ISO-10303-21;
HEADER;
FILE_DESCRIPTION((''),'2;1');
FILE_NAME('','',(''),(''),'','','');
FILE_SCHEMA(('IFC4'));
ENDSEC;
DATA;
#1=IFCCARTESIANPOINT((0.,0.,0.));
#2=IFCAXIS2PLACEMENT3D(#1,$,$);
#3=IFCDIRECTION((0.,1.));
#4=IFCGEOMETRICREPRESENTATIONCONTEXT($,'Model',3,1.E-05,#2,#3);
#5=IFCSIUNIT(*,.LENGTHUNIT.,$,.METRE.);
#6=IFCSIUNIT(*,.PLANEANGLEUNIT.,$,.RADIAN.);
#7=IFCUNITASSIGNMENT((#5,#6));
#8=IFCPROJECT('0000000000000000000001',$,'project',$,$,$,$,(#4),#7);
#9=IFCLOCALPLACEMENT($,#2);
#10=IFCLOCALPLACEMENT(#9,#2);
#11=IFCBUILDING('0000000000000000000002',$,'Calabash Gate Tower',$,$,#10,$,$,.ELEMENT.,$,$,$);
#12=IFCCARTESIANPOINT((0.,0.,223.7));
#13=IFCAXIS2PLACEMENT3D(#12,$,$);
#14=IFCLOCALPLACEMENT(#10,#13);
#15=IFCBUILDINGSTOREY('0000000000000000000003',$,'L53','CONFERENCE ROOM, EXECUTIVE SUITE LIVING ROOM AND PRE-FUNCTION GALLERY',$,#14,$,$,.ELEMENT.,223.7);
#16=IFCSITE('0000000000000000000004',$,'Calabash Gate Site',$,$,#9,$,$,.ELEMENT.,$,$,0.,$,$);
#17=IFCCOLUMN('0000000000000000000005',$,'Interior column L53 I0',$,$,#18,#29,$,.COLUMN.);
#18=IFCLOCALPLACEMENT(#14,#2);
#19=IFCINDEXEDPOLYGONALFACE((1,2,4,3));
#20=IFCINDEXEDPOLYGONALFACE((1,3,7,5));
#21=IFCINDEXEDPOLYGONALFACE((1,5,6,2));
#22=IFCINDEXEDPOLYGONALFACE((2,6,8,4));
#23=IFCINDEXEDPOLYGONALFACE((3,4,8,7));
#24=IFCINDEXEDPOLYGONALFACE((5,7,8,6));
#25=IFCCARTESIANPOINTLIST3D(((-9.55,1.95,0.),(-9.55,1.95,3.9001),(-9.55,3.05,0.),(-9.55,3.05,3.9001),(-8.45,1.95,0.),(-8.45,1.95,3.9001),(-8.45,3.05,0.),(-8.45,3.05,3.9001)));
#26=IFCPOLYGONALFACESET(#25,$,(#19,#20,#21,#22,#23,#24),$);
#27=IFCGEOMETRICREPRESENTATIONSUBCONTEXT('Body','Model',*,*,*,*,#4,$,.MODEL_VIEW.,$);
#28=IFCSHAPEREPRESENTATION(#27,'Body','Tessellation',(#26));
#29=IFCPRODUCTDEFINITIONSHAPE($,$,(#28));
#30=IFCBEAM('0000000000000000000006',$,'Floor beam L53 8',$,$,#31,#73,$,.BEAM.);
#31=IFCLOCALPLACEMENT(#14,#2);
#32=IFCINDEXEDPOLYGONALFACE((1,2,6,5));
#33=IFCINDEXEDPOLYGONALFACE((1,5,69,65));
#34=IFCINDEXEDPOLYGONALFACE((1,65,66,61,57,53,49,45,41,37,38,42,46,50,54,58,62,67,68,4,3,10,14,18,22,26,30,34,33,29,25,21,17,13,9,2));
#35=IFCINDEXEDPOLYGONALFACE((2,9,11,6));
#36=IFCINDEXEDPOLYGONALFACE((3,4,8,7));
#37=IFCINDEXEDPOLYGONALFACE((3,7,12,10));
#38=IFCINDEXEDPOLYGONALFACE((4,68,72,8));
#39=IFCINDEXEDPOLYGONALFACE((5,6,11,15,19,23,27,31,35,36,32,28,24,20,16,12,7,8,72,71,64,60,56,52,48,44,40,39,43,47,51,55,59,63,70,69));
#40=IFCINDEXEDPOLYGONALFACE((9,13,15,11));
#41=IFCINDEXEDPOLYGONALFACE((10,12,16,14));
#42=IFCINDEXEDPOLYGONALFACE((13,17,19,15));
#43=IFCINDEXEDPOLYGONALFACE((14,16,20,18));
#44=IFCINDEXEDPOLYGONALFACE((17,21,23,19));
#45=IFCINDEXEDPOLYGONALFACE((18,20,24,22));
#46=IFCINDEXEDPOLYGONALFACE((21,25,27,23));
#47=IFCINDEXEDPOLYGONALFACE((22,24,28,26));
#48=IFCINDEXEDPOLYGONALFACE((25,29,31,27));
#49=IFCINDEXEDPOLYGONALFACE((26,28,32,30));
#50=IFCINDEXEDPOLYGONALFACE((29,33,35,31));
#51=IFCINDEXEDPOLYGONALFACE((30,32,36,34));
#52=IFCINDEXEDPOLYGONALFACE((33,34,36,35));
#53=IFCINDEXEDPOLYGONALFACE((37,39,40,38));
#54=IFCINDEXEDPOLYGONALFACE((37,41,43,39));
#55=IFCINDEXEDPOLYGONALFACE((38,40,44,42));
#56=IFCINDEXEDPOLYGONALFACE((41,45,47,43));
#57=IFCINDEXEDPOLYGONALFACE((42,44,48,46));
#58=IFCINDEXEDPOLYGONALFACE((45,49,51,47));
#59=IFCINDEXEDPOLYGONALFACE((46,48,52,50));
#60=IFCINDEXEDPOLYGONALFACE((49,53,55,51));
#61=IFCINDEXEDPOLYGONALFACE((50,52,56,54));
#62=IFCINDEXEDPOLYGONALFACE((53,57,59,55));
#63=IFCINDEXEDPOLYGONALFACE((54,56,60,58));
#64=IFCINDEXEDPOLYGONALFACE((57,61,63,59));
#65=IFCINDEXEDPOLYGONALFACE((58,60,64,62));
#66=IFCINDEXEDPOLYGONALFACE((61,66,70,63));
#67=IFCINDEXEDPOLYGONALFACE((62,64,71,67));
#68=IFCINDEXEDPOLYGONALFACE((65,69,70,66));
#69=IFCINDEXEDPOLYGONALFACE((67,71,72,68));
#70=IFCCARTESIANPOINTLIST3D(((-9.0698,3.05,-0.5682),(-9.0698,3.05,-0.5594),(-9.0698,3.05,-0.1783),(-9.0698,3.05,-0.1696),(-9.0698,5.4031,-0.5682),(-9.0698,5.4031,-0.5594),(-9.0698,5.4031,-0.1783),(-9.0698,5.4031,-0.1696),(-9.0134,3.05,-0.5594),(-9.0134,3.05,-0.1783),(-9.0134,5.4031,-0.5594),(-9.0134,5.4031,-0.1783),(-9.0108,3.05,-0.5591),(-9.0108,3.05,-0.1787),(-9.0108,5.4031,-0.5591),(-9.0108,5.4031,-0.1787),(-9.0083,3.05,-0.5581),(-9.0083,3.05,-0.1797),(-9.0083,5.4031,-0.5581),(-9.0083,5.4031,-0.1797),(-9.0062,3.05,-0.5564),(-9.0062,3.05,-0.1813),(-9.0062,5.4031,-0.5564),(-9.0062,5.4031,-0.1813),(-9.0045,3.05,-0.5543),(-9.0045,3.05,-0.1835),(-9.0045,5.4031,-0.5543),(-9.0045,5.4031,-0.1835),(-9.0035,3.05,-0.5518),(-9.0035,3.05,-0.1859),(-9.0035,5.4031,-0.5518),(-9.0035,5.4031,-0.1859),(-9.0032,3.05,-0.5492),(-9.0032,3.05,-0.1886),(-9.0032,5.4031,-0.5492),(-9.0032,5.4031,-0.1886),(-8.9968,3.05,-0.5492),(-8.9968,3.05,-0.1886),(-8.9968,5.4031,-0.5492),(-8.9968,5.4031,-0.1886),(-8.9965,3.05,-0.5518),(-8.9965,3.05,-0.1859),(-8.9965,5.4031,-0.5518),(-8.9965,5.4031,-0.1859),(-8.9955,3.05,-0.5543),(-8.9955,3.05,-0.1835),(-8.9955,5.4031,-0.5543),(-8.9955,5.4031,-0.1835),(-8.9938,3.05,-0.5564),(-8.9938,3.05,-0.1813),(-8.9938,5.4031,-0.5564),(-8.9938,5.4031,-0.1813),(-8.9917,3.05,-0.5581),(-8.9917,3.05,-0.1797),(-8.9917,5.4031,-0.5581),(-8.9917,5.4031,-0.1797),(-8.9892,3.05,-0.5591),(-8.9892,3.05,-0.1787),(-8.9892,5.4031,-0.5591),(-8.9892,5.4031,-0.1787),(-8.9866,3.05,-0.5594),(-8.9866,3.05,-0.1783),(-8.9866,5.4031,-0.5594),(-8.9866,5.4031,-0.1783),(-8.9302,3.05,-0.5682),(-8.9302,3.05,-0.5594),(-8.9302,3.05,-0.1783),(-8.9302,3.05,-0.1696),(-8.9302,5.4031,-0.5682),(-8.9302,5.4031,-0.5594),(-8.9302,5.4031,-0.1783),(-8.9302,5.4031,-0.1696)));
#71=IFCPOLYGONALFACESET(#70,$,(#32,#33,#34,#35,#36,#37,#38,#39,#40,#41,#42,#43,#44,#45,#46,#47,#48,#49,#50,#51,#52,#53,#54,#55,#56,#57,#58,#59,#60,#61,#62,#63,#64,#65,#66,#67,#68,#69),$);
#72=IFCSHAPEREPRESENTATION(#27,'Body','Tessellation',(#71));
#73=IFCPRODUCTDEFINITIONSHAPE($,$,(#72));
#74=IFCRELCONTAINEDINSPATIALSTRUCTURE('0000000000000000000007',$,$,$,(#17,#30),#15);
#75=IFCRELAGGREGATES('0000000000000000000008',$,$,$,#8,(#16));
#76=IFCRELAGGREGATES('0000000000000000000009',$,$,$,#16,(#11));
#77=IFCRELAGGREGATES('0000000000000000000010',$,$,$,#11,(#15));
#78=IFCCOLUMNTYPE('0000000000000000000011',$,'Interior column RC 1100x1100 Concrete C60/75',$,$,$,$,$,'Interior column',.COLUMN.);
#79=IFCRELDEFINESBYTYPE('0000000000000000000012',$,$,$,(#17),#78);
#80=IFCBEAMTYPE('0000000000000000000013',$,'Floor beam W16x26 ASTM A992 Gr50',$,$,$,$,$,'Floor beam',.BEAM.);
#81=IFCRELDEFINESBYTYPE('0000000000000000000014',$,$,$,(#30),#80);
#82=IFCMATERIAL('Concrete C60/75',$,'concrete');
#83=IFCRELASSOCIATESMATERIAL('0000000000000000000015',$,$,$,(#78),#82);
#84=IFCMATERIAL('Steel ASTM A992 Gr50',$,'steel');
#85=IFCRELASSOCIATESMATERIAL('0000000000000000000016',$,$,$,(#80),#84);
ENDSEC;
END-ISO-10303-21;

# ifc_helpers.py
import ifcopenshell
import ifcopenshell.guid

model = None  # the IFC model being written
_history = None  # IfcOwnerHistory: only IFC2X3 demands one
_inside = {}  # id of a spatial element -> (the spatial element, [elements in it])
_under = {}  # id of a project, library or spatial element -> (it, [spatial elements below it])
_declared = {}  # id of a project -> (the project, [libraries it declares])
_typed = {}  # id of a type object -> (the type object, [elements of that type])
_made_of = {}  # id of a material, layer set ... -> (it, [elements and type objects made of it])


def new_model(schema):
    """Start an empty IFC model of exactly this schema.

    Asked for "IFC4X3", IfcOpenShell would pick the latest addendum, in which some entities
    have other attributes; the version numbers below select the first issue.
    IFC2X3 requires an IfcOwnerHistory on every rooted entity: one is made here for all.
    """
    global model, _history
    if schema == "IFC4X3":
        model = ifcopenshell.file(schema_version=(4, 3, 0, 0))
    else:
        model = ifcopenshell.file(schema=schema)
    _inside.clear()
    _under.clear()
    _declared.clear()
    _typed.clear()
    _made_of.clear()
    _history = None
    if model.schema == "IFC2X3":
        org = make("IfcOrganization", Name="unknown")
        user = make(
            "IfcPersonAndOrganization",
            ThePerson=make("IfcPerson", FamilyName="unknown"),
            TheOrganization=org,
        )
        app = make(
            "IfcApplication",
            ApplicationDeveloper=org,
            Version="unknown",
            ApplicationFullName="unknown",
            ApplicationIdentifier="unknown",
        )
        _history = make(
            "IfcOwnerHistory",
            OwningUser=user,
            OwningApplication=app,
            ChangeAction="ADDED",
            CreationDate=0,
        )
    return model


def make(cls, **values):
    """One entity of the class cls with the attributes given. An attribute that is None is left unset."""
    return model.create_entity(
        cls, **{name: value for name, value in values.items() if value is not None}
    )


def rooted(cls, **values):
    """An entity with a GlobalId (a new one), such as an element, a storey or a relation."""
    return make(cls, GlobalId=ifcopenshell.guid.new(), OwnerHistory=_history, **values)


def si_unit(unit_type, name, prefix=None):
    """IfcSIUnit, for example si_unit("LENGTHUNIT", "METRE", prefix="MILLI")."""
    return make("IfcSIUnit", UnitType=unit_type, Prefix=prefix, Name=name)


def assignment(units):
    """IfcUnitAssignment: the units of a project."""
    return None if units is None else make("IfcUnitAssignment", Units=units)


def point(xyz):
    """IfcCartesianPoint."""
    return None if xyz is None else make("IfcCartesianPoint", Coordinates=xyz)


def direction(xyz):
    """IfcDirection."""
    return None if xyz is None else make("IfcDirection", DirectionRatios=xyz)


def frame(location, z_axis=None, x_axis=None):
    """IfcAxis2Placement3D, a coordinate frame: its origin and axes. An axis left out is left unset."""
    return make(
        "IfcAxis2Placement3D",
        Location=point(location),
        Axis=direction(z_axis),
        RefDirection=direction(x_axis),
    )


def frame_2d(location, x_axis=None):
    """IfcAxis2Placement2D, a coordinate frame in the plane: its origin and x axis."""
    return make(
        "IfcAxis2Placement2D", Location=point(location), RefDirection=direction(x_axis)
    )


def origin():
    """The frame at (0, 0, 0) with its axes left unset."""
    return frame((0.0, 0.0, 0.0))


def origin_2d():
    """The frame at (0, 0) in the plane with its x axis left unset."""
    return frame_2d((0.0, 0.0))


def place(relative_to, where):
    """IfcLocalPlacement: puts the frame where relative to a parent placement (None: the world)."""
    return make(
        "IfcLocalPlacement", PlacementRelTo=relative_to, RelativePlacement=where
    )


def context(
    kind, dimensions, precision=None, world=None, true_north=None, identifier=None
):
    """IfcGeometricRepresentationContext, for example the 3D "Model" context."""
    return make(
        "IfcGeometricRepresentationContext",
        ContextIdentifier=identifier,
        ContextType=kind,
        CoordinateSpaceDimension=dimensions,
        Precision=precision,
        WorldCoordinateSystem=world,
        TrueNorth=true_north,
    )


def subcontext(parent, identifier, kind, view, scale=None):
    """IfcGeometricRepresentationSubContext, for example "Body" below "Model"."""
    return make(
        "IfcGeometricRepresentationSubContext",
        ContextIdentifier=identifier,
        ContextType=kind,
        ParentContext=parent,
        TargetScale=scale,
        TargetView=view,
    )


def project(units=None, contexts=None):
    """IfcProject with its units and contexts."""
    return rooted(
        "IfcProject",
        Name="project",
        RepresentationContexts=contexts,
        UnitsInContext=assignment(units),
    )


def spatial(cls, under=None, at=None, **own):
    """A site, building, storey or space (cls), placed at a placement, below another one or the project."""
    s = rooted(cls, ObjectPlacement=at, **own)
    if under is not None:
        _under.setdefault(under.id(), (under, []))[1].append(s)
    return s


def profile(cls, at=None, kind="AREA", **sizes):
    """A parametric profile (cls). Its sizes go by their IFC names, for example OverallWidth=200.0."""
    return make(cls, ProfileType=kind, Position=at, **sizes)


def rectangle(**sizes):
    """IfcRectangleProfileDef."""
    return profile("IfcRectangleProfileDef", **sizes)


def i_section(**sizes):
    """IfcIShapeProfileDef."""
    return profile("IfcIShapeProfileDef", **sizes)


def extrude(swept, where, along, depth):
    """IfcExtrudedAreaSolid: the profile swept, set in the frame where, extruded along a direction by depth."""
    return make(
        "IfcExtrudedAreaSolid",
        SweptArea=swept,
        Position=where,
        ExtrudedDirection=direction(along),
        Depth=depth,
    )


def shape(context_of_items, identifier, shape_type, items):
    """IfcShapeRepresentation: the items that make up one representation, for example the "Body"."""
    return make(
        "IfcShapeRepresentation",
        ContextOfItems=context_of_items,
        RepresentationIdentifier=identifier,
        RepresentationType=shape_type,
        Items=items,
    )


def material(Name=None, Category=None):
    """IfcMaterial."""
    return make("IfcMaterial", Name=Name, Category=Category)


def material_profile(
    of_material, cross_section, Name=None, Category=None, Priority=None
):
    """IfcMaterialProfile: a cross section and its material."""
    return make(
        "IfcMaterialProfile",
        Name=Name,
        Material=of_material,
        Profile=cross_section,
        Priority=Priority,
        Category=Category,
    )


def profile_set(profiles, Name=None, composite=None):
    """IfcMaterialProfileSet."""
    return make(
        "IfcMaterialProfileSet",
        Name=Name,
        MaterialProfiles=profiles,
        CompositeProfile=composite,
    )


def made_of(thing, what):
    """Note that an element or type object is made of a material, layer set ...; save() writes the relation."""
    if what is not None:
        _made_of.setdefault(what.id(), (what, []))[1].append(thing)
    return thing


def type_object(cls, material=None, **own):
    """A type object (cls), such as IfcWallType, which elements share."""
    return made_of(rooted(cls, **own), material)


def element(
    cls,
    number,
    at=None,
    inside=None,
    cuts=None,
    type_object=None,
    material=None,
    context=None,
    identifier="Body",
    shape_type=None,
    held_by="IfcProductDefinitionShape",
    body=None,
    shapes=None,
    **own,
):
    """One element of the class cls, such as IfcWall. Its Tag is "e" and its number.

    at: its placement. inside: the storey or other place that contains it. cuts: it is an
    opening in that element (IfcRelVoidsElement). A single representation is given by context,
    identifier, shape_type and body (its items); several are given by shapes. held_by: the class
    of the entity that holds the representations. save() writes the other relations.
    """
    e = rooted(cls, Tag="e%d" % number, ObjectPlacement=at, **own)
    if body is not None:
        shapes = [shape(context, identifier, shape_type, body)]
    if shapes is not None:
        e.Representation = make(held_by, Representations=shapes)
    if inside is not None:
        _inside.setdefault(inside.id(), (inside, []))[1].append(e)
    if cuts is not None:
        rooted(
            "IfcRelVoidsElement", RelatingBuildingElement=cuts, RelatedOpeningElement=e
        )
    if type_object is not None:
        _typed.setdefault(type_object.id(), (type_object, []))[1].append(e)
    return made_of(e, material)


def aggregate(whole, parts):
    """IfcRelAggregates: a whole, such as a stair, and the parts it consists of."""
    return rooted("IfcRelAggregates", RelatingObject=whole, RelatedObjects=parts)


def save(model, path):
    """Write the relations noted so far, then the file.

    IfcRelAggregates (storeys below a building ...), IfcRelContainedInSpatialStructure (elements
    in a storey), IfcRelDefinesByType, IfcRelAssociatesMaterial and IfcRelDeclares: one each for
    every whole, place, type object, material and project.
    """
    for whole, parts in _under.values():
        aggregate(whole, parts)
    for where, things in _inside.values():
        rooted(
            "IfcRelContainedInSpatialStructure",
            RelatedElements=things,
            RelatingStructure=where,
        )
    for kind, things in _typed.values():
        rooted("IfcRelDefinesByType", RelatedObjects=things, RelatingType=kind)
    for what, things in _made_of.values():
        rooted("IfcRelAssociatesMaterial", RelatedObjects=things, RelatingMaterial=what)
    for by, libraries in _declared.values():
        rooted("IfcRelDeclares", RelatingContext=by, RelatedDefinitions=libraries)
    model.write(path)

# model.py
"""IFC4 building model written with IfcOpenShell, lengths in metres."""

from ifc_helpers import new_model, si_unit, direction, frame, origin, origin_2d, place, context, subcontext, project, spatial, rectangle, i_section, extrude, material, material_profile, profile_set, type_object, element, save


model = new_model("IFC4")

# Units and contexts
model_context = context("Model", 3, precision=1e-05, world=origin(), true_north=direction((0.0, 1.0)))
body_context = subcontext(model_context, "Body", "Model", "MODEL_VIEW")
ifc_project = project(units=[si_unit("LENGTHUNIT", "METRE"), si_unit("PLANEANGLEUNIT", "RADIAN")], contexts=[model_context])

# Site, building, storey
site_placement = place(None, origin())
site = spatial("IfcSite", under=ifc_project, at=site_placement, Name="Calabash Gate Site", CompositionType="ELEMENT", RefElevation=0.0)
building_placement = place(site_placement, origin())
building = spatial("IfcBuilding", under=site, at=building_placement, Name="Calabash Gate Tower", CompositionType="ELEMENT")
storey_placement = place(building_placement, frame((0.0, 0.0, 223.7)))
storey = spatial("IfcBuildingStorey", under=building, at=storey_placement, Name="L53", Description="CONFERENCE ROOM, EXECUTIVE SUITE LIVING ROOM AND PRE-FUNCTION GALLERY", CompositionType="ELEMENT", Elevation=223.7)

# Column
ifc_material_1 = material(Name="Concrete C60/75", Category="concrete")
ifc_material_profile_1 = material_profile(ifc_material_1, rectangle(XDim=1.1001, YDim=1.1001, at=origin_2d()))
ifc_profile_set_1 = profile_set([ifc_material_profile_1], Name="Concrete C60/75")
column_type = type_object("IfcColumnType", Name="Interior column RC 1100x1100 Concrete C60/75", ElementType="Interior column", PredefinedType="COLUMN", material=ifc_profile_set_1)
column_placement = place(storey_placement, frame((-9.0, 2.5, 0.0), z_axis=(0.0, 0.0, 1.0), x_axis=(1.0, 0.0, 0.0)))
element("IfcColumn", 1, at=column_placement, inside=storey, type_object=column_type, Name="Interior column L53 I0", PredefinedType="COLUMN", context=body_context, shape_type="SweptSolid", body=[
    extrude(rectangle(XDim=1.1001, YDim=1.1001, at=origin_2d()), origin(), (0.0, 0.0, 1.0), 3.9001),
])

# Beam
ifc_material_2 = material(Name="Steel ASTM A992 Gr50", Category="steel")
ifc_material_profile_2 = material_profile(ifc_material_2, i_section(OverallWidth=0.1396, OverallDepth=0.3987, WebThickness=0.0063, FlangeThickness=0.0088, FilletRadius=0.0103, at=origin_2d()))
ifc_profile_set_2 = profile_set([ifc_material_profile_2], Name="Steel ASTM A992 Gr50")
beam_type = type_object("IfcBeamType", Name="Floor beam W16x26 ASTM A992 Gr50", ElementType="Floor beam", PredefinedType="BEAM", material=ifc_profile_set_2)
beam_placement = place(storey_placement, frame((-9.0, 3.05, -0.3689), z_axis=(0.0, 1.0, 0.0), x_axis=(-1.0, 0.0, 0.0)))
element("IfcBeam", 2, at=beam_placement, inside=storey, type_object=beam_type, Name="Floor beam L53 8", PredefinedType="BEAM", context=body_context, shape_type="SweptSolid", body=[
    extrude(i_section(OverallWidth=0.1396, OverallDepth=0.3987, WebThickness=0.0063, FlangeThickness=0.0088, FilletRadius=0.0103, at=origin_2d()), origin(), (0.0, 0.0, 1.0), 2.353),
])

save(model, "model.ifc")
